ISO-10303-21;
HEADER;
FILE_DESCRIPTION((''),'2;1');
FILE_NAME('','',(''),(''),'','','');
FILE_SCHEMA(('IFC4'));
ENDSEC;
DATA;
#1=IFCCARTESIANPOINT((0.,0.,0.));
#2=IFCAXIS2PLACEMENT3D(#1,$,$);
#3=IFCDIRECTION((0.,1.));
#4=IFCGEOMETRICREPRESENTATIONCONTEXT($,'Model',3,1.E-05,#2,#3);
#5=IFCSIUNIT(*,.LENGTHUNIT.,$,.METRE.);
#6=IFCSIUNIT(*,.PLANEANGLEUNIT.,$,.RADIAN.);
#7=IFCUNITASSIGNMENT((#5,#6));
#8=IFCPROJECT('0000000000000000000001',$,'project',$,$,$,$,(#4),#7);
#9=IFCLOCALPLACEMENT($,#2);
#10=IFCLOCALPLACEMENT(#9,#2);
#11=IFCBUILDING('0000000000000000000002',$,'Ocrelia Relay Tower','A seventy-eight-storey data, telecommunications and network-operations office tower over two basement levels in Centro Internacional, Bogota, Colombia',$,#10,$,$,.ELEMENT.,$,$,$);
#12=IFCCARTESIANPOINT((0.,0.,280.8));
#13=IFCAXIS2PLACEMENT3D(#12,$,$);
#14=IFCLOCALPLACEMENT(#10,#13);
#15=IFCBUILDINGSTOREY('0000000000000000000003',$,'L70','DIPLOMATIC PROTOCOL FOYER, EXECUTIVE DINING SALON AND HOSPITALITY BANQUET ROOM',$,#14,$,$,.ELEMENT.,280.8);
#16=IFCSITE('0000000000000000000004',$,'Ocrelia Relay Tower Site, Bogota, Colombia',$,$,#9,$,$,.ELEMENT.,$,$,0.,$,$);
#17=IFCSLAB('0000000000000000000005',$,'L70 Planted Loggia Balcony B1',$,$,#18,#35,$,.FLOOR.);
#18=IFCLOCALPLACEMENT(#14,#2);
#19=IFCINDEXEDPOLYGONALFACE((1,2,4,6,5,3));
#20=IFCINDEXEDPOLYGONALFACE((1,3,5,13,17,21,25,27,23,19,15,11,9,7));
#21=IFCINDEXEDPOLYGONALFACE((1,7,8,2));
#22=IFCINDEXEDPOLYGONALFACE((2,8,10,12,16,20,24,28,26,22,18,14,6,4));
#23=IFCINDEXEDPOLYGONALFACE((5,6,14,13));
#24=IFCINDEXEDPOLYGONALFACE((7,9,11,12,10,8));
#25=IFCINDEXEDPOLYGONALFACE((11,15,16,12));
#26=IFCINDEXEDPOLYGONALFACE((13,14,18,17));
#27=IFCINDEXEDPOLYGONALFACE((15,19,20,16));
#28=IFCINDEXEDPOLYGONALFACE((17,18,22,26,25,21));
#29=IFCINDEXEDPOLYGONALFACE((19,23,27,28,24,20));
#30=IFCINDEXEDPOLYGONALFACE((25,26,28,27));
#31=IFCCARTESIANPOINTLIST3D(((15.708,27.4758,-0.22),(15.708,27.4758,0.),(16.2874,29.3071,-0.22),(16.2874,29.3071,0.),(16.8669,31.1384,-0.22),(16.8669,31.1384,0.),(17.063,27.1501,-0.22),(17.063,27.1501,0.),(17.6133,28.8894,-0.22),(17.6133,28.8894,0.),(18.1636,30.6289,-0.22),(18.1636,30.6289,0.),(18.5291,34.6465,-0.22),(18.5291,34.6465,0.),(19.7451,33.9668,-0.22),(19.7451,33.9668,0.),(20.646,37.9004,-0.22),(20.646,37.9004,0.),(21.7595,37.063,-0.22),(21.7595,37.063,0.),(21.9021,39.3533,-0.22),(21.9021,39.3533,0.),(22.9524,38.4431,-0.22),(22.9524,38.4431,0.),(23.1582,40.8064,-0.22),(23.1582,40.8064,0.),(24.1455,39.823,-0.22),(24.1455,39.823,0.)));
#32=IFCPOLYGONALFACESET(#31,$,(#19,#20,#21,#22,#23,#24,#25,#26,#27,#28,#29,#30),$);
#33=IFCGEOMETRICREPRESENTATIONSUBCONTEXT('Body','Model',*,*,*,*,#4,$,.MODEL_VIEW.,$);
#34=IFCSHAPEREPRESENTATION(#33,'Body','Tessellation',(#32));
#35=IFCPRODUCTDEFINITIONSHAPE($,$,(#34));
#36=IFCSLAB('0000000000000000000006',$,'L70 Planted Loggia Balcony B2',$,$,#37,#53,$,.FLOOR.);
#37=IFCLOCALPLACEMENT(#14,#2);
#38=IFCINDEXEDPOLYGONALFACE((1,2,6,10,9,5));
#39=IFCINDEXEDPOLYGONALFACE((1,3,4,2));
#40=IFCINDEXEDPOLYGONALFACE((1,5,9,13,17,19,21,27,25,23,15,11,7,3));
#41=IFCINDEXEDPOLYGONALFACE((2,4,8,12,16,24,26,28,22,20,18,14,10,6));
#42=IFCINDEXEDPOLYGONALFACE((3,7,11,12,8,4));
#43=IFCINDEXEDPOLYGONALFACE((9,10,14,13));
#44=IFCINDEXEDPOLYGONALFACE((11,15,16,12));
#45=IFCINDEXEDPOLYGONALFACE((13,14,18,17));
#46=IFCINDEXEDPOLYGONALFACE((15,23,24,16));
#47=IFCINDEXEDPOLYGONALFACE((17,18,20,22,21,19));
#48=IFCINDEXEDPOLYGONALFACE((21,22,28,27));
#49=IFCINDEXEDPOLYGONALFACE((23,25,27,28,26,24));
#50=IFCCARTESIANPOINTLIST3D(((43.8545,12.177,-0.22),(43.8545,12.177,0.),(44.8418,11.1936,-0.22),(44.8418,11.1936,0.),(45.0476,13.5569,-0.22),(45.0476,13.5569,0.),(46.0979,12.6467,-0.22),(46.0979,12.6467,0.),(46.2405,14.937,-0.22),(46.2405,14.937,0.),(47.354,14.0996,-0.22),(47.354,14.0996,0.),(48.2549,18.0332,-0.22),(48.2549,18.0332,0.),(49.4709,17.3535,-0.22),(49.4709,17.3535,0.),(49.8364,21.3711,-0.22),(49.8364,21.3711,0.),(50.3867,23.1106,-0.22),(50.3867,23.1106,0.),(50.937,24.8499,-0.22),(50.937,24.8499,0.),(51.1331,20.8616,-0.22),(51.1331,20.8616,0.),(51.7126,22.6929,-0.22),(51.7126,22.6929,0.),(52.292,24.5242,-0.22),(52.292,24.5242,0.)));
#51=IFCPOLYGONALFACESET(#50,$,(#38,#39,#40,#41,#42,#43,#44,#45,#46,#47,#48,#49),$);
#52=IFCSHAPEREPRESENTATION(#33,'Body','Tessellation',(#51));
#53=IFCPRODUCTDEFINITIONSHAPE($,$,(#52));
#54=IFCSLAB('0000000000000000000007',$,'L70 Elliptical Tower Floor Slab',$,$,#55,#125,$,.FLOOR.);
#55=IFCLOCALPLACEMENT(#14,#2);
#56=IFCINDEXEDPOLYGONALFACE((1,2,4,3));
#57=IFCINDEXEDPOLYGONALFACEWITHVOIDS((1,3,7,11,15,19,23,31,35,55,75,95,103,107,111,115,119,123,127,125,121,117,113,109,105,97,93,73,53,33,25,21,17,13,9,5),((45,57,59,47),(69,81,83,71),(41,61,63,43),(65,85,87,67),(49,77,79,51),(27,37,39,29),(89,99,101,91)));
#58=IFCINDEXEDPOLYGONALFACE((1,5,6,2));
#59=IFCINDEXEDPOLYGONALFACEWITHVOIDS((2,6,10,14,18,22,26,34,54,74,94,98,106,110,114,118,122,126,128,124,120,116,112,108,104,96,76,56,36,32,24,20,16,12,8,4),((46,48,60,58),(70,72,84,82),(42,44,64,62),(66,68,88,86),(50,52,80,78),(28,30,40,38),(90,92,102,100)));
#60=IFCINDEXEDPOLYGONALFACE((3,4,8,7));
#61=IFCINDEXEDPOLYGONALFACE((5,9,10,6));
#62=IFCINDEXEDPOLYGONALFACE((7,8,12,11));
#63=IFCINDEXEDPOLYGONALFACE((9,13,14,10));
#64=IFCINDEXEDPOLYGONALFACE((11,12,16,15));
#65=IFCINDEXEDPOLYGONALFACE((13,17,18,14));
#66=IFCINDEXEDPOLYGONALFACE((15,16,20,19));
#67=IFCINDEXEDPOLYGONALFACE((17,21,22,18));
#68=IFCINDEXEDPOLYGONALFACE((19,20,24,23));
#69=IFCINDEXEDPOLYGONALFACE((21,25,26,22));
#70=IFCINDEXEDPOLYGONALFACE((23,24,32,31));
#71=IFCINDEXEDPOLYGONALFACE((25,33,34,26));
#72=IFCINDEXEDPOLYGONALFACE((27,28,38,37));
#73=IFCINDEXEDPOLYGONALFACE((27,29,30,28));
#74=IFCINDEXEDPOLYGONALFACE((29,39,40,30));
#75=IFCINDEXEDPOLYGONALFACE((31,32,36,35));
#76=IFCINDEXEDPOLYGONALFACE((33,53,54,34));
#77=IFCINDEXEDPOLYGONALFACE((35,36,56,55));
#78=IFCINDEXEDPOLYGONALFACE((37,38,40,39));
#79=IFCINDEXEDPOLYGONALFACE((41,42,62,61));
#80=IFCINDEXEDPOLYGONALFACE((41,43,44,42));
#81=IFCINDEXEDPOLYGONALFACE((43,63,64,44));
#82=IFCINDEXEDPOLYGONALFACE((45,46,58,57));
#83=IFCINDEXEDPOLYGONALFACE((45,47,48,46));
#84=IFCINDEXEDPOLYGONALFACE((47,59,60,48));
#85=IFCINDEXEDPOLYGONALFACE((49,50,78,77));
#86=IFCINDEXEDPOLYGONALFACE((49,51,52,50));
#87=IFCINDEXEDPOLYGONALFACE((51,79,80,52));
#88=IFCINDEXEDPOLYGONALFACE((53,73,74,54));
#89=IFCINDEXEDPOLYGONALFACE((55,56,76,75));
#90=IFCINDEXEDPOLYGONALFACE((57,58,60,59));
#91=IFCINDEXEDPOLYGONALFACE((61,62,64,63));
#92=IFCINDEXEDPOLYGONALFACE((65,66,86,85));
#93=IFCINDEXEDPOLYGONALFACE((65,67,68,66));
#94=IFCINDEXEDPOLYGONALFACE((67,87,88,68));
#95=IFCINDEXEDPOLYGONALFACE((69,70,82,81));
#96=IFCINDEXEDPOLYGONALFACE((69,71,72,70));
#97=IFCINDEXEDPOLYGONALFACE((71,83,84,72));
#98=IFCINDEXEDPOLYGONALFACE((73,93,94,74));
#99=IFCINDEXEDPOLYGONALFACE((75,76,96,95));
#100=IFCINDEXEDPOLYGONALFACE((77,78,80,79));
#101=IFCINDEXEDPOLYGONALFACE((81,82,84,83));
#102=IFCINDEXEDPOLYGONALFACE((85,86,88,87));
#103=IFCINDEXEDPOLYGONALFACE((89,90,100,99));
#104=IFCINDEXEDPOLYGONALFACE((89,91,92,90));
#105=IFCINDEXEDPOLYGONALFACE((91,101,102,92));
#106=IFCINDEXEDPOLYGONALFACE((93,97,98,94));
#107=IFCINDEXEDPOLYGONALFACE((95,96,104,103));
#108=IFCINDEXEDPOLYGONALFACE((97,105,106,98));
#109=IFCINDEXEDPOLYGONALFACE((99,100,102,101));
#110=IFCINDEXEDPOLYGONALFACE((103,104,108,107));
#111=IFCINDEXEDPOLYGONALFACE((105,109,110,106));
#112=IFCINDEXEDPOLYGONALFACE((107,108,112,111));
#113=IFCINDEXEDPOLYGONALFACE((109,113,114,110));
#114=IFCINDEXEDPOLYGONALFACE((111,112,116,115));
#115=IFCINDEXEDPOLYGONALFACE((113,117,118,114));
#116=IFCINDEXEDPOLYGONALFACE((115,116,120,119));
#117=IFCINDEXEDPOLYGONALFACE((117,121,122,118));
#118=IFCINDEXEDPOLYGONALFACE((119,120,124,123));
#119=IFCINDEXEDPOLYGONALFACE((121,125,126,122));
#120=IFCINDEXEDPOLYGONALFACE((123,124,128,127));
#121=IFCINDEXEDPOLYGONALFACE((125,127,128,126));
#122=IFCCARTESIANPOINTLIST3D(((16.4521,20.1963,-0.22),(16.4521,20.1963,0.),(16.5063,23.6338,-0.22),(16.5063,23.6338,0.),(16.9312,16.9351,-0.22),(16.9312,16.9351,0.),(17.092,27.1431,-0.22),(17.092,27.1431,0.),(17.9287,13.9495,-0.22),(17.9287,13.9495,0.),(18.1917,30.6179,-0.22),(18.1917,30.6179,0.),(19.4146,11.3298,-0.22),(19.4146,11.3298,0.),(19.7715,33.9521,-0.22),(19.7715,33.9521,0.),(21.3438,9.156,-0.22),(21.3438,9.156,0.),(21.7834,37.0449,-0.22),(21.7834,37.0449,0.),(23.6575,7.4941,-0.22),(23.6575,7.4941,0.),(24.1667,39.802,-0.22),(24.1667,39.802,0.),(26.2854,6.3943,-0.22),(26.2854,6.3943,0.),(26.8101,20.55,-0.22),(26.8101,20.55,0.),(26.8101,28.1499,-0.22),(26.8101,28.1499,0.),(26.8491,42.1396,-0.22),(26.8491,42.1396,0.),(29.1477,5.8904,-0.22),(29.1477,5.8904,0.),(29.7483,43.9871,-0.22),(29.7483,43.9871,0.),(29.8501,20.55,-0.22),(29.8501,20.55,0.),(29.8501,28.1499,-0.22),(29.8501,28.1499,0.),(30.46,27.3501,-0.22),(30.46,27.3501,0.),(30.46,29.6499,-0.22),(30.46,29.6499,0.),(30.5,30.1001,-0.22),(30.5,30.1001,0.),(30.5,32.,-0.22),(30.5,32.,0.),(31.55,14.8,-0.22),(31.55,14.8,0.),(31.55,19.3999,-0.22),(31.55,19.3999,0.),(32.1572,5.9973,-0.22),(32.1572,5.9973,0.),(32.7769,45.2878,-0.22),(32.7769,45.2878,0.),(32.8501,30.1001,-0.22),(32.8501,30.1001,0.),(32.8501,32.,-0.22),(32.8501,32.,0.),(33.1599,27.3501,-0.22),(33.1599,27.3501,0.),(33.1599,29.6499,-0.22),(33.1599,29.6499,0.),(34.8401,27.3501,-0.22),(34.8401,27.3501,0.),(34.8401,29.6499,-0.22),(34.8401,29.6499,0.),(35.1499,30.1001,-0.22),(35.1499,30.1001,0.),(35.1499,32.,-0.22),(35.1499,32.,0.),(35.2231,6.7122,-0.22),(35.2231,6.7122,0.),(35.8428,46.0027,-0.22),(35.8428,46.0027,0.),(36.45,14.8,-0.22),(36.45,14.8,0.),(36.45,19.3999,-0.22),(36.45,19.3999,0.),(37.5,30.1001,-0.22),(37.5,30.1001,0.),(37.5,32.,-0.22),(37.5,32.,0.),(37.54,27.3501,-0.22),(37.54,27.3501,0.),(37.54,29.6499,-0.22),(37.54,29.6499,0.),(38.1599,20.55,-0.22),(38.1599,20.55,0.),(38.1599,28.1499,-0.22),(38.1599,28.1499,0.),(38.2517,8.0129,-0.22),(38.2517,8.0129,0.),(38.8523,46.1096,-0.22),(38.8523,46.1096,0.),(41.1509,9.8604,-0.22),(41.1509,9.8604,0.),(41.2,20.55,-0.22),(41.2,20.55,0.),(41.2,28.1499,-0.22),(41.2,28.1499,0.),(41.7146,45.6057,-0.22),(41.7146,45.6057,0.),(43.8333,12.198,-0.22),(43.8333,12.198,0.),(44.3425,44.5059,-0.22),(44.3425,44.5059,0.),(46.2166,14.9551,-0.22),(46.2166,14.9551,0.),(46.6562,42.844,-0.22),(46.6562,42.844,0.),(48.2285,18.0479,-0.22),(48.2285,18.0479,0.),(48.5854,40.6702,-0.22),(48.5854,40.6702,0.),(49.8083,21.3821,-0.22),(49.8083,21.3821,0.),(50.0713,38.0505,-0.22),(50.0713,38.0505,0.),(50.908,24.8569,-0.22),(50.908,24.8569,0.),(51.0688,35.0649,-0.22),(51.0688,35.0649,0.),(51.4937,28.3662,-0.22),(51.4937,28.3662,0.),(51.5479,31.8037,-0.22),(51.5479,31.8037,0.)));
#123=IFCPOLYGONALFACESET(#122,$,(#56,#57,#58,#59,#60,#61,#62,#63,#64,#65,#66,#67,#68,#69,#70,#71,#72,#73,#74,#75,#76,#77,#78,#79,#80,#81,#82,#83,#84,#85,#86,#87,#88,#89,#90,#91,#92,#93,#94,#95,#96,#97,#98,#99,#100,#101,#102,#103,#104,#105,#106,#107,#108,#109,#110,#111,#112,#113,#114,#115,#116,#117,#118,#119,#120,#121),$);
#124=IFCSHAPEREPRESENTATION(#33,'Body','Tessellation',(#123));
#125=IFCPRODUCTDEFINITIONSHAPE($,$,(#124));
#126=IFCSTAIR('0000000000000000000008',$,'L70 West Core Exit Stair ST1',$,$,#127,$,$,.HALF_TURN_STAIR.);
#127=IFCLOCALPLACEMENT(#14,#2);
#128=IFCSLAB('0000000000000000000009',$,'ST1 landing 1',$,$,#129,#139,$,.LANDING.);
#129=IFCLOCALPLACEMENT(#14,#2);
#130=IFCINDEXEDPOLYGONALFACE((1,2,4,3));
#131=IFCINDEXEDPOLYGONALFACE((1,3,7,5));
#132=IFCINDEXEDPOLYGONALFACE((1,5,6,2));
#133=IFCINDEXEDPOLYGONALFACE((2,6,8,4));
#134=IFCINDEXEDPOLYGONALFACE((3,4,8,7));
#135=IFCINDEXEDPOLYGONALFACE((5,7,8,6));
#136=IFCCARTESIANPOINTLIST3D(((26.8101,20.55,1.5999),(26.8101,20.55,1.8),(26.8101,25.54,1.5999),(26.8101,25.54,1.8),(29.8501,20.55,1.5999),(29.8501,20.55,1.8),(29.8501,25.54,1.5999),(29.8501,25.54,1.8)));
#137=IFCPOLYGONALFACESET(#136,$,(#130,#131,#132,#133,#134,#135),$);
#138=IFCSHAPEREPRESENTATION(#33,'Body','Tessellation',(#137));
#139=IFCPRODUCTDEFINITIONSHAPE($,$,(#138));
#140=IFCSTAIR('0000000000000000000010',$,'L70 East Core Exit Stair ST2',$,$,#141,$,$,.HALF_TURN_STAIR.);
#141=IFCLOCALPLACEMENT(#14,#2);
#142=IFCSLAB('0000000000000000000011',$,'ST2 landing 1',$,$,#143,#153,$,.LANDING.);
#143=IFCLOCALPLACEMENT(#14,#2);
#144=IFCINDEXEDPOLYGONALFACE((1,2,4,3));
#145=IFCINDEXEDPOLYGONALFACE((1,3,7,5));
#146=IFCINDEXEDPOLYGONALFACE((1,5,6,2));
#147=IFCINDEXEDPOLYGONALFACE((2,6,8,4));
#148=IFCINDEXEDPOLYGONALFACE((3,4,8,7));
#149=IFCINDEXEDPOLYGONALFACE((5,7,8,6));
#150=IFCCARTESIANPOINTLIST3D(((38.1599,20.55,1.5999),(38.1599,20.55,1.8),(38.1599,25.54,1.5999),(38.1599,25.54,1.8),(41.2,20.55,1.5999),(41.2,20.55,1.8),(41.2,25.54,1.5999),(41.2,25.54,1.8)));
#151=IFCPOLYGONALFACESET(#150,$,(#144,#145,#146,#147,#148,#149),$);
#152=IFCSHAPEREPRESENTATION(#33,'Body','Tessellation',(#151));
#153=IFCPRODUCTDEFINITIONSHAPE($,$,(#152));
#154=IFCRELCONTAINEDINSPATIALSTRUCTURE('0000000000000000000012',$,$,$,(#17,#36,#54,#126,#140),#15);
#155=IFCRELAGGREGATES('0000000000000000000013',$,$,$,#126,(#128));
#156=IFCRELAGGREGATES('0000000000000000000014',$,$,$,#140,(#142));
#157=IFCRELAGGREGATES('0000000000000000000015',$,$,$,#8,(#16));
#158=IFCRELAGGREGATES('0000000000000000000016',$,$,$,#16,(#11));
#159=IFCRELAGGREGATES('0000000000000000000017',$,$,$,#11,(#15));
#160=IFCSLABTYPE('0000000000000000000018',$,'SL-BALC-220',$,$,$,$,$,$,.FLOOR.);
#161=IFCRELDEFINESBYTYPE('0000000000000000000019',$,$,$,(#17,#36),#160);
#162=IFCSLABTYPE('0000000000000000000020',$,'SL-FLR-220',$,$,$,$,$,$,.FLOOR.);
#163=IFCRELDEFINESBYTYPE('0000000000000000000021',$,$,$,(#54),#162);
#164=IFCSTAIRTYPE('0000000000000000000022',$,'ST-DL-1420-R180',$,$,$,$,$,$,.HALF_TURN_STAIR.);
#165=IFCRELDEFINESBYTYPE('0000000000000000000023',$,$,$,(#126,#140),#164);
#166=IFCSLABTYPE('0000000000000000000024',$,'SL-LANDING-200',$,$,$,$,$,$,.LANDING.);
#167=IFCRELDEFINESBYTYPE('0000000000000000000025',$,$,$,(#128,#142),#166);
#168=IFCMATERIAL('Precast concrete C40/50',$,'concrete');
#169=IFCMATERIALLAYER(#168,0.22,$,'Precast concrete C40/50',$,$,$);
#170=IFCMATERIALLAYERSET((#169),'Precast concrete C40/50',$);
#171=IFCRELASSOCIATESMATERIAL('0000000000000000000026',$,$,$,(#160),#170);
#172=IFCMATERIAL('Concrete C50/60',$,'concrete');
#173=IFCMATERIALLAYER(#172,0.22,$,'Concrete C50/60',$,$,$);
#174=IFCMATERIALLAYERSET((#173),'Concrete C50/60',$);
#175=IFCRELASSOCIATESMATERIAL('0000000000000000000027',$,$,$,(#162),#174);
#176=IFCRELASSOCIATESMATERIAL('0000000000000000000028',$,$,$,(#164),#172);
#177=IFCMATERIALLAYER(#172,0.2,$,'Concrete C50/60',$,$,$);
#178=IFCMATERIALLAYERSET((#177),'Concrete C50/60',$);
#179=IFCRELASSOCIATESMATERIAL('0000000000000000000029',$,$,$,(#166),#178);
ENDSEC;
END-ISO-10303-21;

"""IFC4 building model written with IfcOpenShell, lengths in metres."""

from ifc_helpers import new_model, si_unit, direction, frame, origin, place, context, subcontext, project, spatial, polyline, outline, extrude, material, layer, layer_set, type_object, element, aggregate, save


model = new_model("IFC4")

# Units and contexts
model_context = context("Model", 3, precision=1e-05, world=origin(), true_north=direction((0.0, 1.0)))
body_context = subcontext(model_context, "Body", "Model", "MODEL_VIEW")
ifc_project = project(units=[si_unit("LENGTHUNIT", "METRE"), si_unit("PLANEANGLEUNIT", "RADIAN")], contexts=[model_context])

# Site, building, storey
site_placement = place(None, origin())
site = spatial("IfcSite", under=ifc_project, at=site_placement, Name="Ocrelia Relay Tower Site, Bogota, Colombia", CompositionType="ELEMENT", RefElevation=0.0)
building_placement = place(site_placement, origin())
building = spatial("IfcBuilding", under=site, at=building_placement, Name="Ocrelia Relay Tower", Description="A seventy-eight-storey data, telecommunications and network-operations office tower over two basement levels in Centro Internacional, Bogota, Colombia", CompositionType="ELEMENT")
storey_placement = place(building_placement, frame((0.0, 0.0, 280.8)))
storey = spatial("IfcBuildingStorey", under=building, at=storey_placement, Name="L70", Description="DIPLOMATIC PROTOCOL FOYER, EXECUTIVE DINING SALON AND HOSPITALITY BANQUET ROOM", CompositionType="ELEMENT", Elevation=280.8)

# Shared definitions
ifc_material_1 = material(Name="Concrete C50/60", Category="concrete")

# Slabs
ifc_material_2 = material(Name="Precast concrete C40/50", Category="concrete")
ifc_layer_1 = layer(ifc_material_2, 0.22, Name="Precast concrete C40/50")
ifc_layer_set_1 = layer_set([ifc_layer_1], Name="Precast concrete C40/50")
slab_type_1 = type_object("IfcSlabType", Name="SL-BALC-220", PredefinedType="FLOOR", material=ifc_layer_set_1)
slab_1_placement = place(storey_placement, frame((0.0, 0.0, -0.22)))
element("IfcSlab", 1, at=slab_1_placement, inside=storey, type_object=slab_type_1, Name="L70 Planted Loggia Balcony B1", PredefinedType="FLOOR", context=body_context, shape_type="SweptSolid", body=[
    extrude(outline(polyline([(24.1455, 39.823), (22.9524, 38.4431), (21.7595, 37.063), (19.7451, 33.9668), (18.1636, 30.6289), (17.6133, 28.8894), (17.063, 27.1501), (15.708, 27.4758), (16.2874, 29.3071), (16.8669, 31.1384), (18.5291, 34.6465), (20.646, 37.9004), (21.9021, 39.3533), (23.1582, 40.8064), (24.1455, 39.823)])), origin(), (0.0, 0.0, 1.0), 0.22),
])
slab_2_placement = place(storey_placement, frame((0.0, 0.0, -0.22)))
element("IfcSlab", 2, at=slab_2_placement, inside=storey, type_object=slab_type_1, Name="L70 Planted Loggia Balcony B2", PredefinedType="FLOOR", context=body_context, shape_type="SweptSolid", body=[
    extrude(outline(polyline([(43.8545, 12.177), (45.0476, 13.5569), (46.2405, 14.937), (48.2549, 18.0332), (49.8364, 21.3711), (50.3867, 23.1106), (50.937, 24.8499), (52.292, 24.5242), (51.7126, 22.6929), (51.1331, 20.8616), (49.4709, 17.3535), (47.354, 14.0996), (46.0979, 12.6467), (44.8418, 11.1936), (43.8545, 12.177)])), origin(), (0.0, 0.0, 1.0), 0.22),
])
ifc_layer_2 = layer(ifc_material_1, 0.22, Name="Concrete C50/60")
ifc_layer_set_2 = layer_set([ifc_layer_2], Name="Concrete C50/60")
slab_type_2 = type_object("IfcSlabType", Name="SL-FLR-220", PredefinedType="FLOOR", material=ifc_layer_set_2)
slab_3_placement = place(storey_placement, frame((0.0, 0.0, -0.22)))
element("IfcSlab", 3, at=slab_3_placement, inside=storey, type_object=slab_type_2, Name="L70 Elliptical Tower Floor Slab", PredefinedType="FLOOR", context=body_context, shape_type="SweptSolid", body=[
    extrude(outline(polyline([(44.3425, 44.5059), (41.7146, 45.6057), (38.8523, 46.1096), (35.8428, 46.0027), (32.7769, 45.2878), (29.7483, 43.9871), (26.8491, 42.1396), (24.1667, 39.802), (21.7834, 37.0449), (19.7715, 33.9521), (18.1917, 30.6179), (17.092, 27.1431), (16.5063, 23.6338), (16.4521, 20.1963), (16.9312, 16.9351), (17.9287, 13.9495), (19.4146, 11.3298), (21.3438, 9.156), (23.6575, 7.4941), (26.2854, 6.3943), (29.1477, 5.8904), (32.1572, 5.9973), (35.2231, 6.7122), (38.2517, 8.0129), (41.1509, 9.8604), (43.8333, 12.198), (46.2166, 14.9551), (48.2285, 18.0479), (49.8083, 21.3821), (50.908, 24.8569), (51.4937, 28.3662), (51.5479, 31.8037), (51.0688, 35.0649), (50.0713, 38.0505), (48.5854, 40.6702), (46.6562, 42.844), (44.3425, 44.5059)]), holes=[polyline([(26.8101, 28.1499), (26.8101, 20.55), (29.8501, 20.55), (29.8501, 28.1499), (26.8101, 28.1499)]), polyline([(38.1599, 28.1499), (38.1599, 20.55), (41.2, 20.55), (41.2, 28.1499), (38.1599, 28.1499)]), polyline([(30.46, 27.3501), (33.1599, 27.3501), (33.1599, 29.6499), (30.46, 29.6499), (30.46, 27.3501)]), polyline([(34.8401, 27.3501), (37.54, 27.3501), (37.54, 29.6499), (34.8401, 29.6499), (34.8401, 27.3501)]), polyline([(30.5, 30.1001), (32.8501, 30.1001), (32.8501, 32.0), (30.5, 32.0), (30.5, 30.1001)]), polyline([(35.1499, 30.1001), (37.5, 30.1001), (37.5, 32.0), (35.1499, 32.0), (35.1499, 30.1001)]), polyline([(31.55, 14.8), (36.45, 14.8), (36.45, 19.3999), (31.55, 19.3999), (31.55, 14.8)])]), origin(), (0.0, 0.0, 1.0), 0.22),
])

# Stairs, slabs
stair_type = type_object("IfcStairType", Name="ST-DL-1420-R180", PredefinedType="HALF_TURN_STAIR", material=ifc_material_1)
stair_1_placement = place(storey_placement, origin())
stair_1 = element("IfcStair", 4, at=stair_1_placement, inside=storey, type_object=stair_type, Name="L70 West Core Exit Stair ST1", PredefinedType="HALF_TURN_STAIR")
ifc_layer_3 = layer(ifc_material_1, 0.2, Name="Concrete C50/60")
ifc_layer_set_3 = layer_set([ifc_layer_3], Name="Concrete C50/60")
slab_type_3 = type_object("IfcSlabType", Name="SL-LANDING-200", PredefinedType="LANDING", material=ifc_layer_set_3)
slab_4_placement = place(storey_placement, frame((0.0, 0.0, 1.5999)))
slab_4 = element("IfcSlab", 5, at=slab_4_placement, type_object=slab_type_3, Name="ST1 landing 1", PredefinedType="LANDING", context=body_context, shape_type="SweptSolid", body=[
    extrude(outline(polyline([(26.8101, 25.54), (26.8101, 20.55), (29.8501, 20.55), (29.8501, 25.54), (26.8101, 25.54)])), origin(), (0.0, 0.0, 1.0), 0.2002),
])
aggregate(stair_1, [slab_4])
stair_2_placement = place(storey_placement, origin())
stair_2 = element("IfcStair", 6, at=stair_2_placement, inside=storey, type_object=stair_type, Name="L70 East Core Exit Stair ST2", PredefinedType="HALF_TURN_STAIR")
slab_5_placement = place(storey_placement, frame((0.0, 0.0, 1.5999)))
slab_5 = element("IfcSlab", 7, at=slab_5_placement, type_object=slab_type_3, Name="ST2 landing 1", PredefinedType="LANDING", context=body_context, shape_type="SweptSolid", body=[
    extrude(outline(polyline([(38.1599, 25.54), (38.1599, 20.55), (41.2, 20.55), (41.2, 25.54), (38.1599, 25.54)])), origin(), (0.0, 0.0, 1.0), 0.2002),
])
aggregate(stair_2, [slab_5])

save(model, "model.ifc")
